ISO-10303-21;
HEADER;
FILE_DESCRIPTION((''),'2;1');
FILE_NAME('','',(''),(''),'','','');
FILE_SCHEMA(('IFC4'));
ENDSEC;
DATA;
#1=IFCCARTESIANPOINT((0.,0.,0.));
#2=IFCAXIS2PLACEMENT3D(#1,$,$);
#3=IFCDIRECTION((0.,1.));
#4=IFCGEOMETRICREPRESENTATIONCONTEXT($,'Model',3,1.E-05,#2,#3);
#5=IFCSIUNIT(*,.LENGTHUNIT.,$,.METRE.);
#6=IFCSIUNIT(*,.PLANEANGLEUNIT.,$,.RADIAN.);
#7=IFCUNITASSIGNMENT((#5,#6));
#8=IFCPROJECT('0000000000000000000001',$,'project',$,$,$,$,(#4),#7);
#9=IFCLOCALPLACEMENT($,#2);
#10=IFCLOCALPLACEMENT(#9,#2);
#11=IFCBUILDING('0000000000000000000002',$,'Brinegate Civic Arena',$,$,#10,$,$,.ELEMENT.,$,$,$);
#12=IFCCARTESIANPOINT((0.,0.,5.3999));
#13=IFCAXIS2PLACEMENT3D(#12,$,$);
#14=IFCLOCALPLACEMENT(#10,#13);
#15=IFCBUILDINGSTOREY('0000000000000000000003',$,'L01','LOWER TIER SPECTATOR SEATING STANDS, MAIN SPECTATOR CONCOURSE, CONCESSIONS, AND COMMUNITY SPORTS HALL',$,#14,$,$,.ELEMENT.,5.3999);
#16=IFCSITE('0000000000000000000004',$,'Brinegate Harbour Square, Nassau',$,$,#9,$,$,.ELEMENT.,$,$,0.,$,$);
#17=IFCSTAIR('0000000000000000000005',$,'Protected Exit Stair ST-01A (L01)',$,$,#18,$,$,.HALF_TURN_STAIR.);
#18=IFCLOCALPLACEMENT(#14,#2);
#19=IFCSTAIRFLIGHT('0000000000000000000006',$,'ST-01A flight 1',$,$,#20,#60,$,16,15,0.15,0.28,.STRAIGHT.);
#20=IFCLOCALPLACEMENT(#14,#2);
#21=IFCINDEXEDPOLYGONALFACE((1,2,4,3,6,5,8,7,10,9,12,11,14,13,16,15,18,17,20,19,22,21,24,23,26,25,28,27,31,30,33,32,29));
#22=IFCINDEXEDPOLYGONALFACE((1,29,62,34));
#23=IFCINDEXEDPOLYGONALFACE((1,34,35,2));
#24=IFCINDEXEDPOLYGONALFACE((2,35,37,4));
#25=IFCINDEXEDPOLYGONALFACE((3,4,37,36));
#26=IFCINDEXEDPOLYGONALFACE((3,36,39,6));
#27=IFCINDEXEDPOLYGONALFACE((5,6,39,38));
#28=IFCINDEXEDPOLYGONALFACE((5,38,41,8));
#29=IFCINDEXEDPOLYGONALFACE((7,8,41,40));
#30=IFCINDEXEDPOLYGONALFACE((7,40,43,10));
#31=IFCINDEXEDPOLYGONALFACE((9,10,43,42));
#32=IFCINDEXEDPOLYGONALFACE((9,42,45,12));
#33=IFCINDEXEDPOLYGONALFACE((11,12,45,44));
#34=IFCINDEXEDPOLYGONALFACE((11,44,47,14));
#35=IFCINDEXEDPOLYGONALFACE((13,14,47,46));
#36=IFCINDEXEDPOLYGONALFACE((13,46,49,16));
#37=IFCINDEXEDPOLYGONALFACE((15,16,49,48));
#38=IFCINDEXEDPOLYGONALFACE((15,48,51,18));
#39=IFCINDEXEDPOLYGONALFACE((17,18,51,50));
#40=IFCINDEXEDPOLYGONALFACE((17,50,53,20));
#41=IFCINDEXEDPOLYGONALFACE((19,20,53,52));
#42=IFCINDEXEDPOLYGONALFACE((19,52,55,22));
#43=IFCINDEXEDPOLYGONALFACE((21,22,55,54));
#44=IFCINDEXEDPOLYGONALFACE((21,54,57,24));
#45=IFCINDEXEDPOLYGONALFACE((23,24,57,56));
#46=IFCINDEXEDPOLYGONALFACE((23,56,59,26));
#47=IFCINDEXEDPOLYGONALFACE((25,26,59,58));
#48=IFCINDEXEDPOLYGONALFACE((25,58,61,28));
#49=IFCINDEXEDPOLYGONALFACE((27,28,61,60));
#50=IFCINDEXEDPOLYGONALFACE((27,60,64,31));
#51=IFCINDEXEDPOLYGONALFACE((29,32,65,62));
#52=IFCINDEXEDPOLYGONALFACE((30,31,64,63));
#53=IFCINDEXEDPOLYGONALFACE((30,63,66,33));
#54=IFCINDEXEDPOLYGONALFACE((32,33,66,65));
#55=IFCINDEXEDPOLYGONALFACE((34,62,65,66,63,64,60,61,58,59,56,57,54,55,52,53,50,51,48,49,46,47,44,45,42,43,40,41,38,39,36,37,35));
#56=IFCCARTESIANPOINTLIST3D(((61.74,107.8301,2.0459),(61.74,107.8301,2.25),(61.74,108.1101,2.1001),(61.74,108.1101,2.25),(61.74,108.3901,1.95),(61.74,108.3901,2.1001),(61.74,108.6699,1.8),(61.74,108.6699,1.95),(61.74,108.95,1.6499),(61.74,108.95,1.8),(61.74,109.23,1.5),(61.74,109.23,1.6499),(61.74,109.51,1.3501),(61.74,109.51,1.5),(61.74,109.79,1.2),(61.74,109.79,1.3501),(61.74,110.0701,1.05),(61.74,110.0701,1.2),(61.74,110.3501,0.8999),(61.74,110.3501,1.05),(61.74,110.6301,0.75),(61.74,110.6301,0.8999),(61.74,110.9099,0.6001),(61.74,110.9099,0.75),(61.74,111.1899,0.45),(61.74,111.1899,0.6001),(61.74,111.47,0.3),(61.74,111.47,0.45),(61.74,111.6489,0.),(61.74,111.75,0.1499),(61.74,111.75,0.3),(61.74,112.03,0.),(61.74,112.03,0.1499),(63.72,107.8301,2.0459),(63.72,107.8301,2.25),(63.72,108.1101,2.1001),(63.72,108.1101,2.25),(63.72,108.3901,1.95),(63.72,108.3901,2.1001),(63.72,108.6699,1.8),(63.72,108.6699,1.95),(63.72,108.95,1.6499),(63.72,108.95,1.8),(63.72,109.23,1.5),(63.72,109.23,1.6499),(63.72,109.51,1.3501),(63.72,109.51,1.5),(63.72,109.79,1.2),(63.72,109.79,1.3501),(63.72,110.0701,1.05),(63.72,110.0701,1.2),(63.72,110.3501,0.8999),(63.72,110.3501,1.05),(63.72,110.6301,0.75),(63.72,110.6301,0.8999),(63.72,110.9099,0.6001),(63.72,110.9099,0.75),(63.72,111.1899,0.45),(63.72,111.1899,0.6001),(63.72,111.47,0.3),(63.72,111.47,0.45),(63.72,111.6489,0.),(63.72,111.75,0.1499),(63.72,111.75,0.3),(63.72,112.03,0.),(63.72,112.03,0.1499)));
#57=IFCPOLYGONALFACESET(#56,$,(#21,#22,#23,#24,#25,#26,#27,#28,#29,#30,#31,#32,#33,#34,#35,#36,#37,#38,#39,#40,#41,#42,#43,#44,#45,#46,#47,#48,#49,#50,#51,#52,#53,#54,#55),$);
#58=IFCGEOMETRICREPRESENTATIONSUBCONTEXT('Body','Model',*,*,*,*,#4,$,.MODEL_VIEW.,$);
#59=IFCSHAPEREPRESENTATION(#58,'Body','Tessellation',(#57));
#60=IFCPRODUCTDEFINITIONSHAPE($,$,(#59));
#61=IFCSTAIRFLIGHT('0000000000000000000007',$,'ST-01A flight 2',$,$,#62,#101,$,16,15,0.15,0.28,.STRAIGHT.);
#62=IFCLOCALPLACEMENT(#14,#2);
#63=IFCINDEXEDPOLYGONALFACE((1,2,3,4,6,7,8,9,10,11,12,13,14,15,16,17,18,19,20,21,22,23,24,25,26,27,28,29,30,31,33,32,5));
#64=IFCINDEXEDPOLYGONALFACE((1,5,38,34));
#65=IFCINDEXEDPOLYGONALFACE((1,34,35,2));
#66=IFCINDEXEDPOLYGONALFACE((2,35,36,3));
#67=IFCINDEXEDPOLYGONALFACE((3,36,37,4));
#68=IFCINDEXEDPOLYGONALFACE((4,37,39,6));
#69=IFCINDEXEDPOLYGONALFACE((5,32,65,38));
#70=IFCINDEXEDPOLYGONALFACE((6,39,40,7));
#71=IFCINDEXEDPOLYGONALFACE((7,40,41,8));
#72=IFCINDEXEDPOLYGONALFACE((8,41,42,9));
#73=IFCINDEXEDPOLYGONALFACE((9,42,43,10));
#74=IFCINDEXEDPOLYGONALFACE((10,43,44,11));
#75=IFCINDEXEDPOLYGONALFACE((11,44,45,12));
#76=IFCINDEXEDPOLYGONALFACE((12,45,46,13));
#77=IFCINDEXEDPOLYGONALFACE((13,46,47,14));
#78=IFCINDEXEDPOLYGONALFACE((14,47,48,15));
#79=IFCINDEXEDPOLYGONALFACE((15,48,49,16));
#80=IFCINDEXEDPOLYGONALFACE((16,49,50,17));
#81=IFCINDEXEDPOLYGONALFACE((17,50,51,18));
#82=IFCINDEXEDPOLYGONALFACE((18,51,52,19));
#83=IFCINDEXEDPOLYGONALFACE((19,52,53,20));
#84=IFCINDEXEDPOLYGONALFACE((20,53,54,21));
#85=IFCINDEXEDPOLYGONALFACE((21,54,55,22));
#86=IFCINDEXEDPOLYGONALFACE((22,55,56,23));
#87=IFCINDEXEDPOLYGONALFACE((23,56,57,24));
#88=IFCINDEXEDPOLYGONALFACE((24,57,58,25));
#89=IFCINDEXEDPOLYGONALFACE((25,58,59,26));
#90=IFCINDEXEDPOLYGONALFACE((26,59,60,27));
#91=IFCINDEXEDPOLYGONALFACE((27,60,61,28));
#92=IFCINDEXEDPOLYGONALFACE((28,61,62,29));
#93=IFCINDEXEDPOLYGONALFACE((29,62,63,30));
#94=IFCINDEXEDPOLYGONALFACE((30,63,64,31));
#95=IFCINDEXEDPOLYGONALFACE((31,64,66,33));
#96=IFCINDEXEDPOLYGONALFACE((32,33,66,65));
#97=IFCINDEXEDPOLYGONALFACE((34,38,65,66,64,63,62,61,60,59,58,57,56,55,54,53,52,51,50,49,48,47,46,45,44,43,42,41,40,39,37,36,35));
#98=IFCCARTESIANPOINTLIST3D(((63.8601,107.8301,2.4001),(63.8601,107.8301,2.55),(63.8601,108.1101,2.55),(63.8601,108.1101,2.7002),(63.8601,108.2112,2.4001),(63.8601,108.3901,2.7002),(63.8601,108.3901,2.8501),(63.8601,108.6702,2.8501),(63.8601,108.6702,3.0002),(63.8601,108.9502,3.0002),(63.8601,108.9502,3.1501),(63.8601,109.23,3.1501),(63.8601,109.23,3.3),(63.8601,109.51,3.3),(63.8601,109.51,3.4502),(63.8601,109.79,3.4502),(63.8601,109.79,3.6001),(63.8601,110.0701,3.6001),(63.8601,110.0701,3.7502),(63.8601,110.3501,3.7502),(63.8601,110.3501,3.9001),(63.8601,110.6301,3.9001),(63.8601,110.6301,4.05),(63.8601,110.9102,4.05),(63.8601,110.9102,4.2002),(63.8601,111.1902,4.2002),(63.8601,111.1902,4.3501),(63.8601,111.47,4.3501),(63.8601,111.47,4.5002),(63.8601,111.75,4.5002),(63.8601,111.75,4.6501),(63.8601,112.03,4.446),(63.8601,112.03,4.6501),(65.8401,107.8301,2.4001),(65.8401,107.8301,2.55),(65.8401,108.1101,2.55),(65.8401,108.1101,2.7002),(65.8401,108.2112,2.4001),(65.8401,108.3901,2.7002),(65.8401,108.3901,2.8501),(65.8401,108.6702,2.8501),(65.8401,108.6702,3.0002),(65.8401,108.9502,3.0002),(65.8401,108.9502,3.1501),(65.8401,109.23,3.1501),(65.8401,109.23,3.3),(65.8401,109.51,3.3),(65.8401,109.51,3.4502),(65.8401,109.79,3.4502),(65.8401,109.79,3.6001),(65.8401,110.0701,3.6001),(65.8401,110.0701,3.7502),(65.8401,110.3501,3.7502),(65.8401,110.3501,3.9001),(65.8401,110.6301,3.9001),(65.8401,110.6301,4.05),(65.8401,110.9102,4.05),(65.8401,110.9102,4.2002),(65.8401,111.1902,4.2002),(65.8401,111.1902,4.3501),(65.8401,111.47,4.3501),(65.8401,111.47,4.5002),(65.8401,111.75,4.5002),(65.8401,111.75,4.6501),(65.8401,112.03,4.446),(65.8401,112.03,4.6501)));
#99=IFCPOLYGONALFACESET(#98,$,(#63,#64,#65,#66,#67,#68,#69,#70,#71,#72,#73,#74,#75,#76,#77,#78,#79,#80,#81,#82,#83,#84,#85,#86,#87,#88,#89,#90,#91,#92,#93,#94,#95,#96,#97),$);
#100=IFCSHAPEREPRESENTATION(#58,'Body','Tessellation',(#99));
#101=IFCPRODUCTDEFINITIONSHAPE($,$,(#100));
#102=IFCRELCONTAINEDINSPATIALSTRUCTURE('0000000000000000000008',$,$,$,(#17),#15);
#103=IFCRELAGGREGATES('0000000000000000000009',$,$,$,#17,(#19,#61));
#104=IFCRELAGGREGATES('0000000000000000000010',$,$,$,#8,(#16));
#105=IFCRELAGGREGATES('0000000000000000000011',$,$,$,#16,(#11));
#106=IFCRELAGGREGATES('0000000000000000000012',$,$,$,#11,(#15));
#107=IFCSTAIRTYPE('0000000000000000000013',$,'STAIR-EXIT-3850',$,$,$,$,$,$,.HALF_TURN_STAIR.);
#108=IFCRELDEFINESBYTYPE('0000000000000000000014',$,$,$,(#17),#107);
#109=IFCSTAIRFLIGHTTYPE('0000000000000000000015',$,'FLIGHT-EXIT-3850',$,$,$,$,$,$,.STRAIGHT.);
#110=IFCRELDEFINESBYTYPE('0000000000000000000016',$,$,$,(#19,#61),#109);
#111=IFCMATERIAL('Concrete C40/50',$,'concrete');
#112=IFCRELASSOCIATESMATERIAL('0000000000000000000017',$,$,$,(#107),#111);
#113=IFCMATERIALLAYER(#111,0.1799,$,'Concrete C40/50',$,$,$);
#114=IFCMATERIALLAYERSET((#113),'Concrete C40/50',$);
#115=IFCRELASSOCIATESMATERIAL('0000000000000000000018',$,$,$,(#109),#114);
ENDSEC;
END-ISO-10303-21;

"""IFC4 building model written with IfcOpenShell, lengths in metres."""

from ifc_helpers import new_model, si_unit, direction, frame, origin, place, context, subcontext, project, spatial, polyline, outline, extrude, material, layer, layer_set, type_object, element, aggregate, save


model = new_model("IFC4")

# Units and contexts
model_context = context("Model", 3, precision=1e-05, world=origin(), true_north=direction((0.0, 1.0)))
body_context = subcontext(model_context, "Body", "Model", "MODEL_VIEW")
ifc_project = project(units=[si_unit("LENGTHUNIT", "METRE"), si_unit("PLANEANGLEUNIT", "RADIAN")], contexts=[model_context])

# Site, building, storey
site_placement = place(None, origin())
site = spatial("IfcSite", under=ifc_project, at=site_placement, Name="Brinegate Harbour Square, Nassau", CompositionType="ELEMENT", RefElevation=0.0)
building_placement = place(site_placement, origin())
building = spatial("IfcBuilding", under=site, at=building_placement, Name="Brinegate Civic Arena", CompositionType="ELEMENT")
storey_placement = place(building_placement, frame((0.0, 0.0, 5.3999)))
storey = spatial("IfcBuildingStorey", under=building, at=storey_placement, Name="L01", Description="LOWER TIER SPECTATOR SEATING STANDS, MAIN SPECTATOR CONCOURSE, CONCESSIONS, AND COMMUNITY SPORTS HALL", CompositionType="ELEMENT", Elevation=5.3999)

# Stair, stair flights
ifc_material_1 = material(Name="Concrete C40/50", Category="concrete")
stair_type_1 = type_object("IfcStairType", Name="STAIR-EXIT-3850", PredefinedType="HALF_TURN_STAIR", material=ifc_material_1)
stair_1_placement = place(storey_placement, origin())
stair_1 = element("IfcStair", 1, at=stair_1_placement, inside=storey, type_object=stair_type_1, Name="Protected Exit Stair ST-01A (L01)", PredefinedType="HALF_TURN_STAIR")
ifc_layer_1 = layer(ifc_material_1, 0.1799, Name="Concrete C40/50")
ifc_layer_set_1 = layer_set([ifc_layer_1], Name="Concrete C40/50")
stair_flight_type_1 = type_object("IfcStairFlightType", Name="FLIGHT-EXIT-3850", PredefinedType="STRAIGHT", material=ifc_layer_set_1)
stair_flight_1_placement = place(storey_placement, frame((62.73, 112.03, 0.0), z_axis=(0.0, 0.0, 1.0), x_axis=(0.0, -1.0, 0.0)))
stair_flight_1 = element("IfcStairFlight", 2, at=stair_flight_1_placement, type_object=stair_flight_type_1, Name="ST-01A flight 1", NumberOfRisers=16, NumberOfTreads=15, PredefinedType="STRAIGHT", RiserHeight=0.15, TreadLength=0.28, context=body_context, shape_type="SweptSolid", body=[
    extrude(outline(polyline([(0.0, 0.0), (0.0, 0.1499), (0.28, 0.1499), (0.28, 0.3), (0.5601, 0.3), (0.5601, 0.45), (0.8401, 0.45), (0.8401, 0.6001), (1.1201, 0.6001), (1.1201, 0.75), (1.3999, 0.75), (1.3999, 0.8999), (1.6799, 0.8999), (1.6799, 1.05), (1.96, 1.05), (1.96, 1.2), (2.24, 1.2), (2.24, 1.3501), (2.52, 1.3501), (2.52, 1.5), (2.8, 1.5), (2.8, 1.6499), (3.0801, 1.6499), (3.0801, 1.8), (3.3601, 1.8), (3.3601, 1.95), (3.6399, 1.95), (3.6399, 2.1001), (3.9199, 2.1001), (3.9199, 2.25), (4.2, 2.25), (4.2, 2.3999), (4.2, 2.0459), (0.3811, 0.0), (0.0, 0.0)])), frame((0.0, 0.99, 0.0), z_axis=(0.0, -1.0, 0.0), x_axis=(1.0, 0.0, 0.0)), (0.0, 0.0, 1.0), 1.98),
])
stair_flight_2_placement = place(storey_placement, frame((64.8501, 107.8301, 2.4001), z_axis=(0.0, 0.0, 1.0), x_axis=(0.0, 1.0, 0.0)))
stair_flight_2 = element("IfcStairFlight", 3, at=stair_flight_2_placement, type_object=stair_flight_type_1, Name="ST-01A flight 2", NumberOfRisers=16, NumberOfTreads=15, PredefinedType="STRAIGHT", RiserHeight=0.15, TreadLength=0.28, context=body_context, shape_type="SweptSolid", body=[
    extrude(outline(polyline([(0.0, 0.0), (0.0, 0.1499), (0.28, 0.1499), (0.28, 0.3), (0.5601, 0.3), (0.5601, 0.45), (0.8401, 0.45), (0.8401, 0.6001), (1.1201, 0.6001), (1.1201, 0.75), (1.3999, 0.75), (1.3999, 0.8999), (1.6799, 0.8999), (1.6799, 1.05), (1.96, 1.05), (1.96, 1.2), (2.24, 1.2), (2.24, 1.3501), (2.52, 1.3501), (2.52, 1.5), (2.8, 1.5), (2.8, 1.6499), (3.0801, 1.6499), (3.0801, 1.8), (3.3601, 1.8), (3.3601, 1.95), (3.6399, 1.95), (3.6399, 2.1001), (3.9199, 2.1001), (3.9199, 2.25), (4.2, 2.25), (4.2, 2.3999), (4.2, 2.0459), (0.3811, 0.0), (0.0, 0.0)])), frame((0.0, 0.99, 0.0), z_axis=(0.0, -1.0, 0.0), x_axis=(1.0, 0.0, 0.0)), (0.0, 0.0, 1.0), 1.98),
])
aggregate(stair_1, [stair_flight_1, stair_flight_2])

save(model, "model.ifc")
